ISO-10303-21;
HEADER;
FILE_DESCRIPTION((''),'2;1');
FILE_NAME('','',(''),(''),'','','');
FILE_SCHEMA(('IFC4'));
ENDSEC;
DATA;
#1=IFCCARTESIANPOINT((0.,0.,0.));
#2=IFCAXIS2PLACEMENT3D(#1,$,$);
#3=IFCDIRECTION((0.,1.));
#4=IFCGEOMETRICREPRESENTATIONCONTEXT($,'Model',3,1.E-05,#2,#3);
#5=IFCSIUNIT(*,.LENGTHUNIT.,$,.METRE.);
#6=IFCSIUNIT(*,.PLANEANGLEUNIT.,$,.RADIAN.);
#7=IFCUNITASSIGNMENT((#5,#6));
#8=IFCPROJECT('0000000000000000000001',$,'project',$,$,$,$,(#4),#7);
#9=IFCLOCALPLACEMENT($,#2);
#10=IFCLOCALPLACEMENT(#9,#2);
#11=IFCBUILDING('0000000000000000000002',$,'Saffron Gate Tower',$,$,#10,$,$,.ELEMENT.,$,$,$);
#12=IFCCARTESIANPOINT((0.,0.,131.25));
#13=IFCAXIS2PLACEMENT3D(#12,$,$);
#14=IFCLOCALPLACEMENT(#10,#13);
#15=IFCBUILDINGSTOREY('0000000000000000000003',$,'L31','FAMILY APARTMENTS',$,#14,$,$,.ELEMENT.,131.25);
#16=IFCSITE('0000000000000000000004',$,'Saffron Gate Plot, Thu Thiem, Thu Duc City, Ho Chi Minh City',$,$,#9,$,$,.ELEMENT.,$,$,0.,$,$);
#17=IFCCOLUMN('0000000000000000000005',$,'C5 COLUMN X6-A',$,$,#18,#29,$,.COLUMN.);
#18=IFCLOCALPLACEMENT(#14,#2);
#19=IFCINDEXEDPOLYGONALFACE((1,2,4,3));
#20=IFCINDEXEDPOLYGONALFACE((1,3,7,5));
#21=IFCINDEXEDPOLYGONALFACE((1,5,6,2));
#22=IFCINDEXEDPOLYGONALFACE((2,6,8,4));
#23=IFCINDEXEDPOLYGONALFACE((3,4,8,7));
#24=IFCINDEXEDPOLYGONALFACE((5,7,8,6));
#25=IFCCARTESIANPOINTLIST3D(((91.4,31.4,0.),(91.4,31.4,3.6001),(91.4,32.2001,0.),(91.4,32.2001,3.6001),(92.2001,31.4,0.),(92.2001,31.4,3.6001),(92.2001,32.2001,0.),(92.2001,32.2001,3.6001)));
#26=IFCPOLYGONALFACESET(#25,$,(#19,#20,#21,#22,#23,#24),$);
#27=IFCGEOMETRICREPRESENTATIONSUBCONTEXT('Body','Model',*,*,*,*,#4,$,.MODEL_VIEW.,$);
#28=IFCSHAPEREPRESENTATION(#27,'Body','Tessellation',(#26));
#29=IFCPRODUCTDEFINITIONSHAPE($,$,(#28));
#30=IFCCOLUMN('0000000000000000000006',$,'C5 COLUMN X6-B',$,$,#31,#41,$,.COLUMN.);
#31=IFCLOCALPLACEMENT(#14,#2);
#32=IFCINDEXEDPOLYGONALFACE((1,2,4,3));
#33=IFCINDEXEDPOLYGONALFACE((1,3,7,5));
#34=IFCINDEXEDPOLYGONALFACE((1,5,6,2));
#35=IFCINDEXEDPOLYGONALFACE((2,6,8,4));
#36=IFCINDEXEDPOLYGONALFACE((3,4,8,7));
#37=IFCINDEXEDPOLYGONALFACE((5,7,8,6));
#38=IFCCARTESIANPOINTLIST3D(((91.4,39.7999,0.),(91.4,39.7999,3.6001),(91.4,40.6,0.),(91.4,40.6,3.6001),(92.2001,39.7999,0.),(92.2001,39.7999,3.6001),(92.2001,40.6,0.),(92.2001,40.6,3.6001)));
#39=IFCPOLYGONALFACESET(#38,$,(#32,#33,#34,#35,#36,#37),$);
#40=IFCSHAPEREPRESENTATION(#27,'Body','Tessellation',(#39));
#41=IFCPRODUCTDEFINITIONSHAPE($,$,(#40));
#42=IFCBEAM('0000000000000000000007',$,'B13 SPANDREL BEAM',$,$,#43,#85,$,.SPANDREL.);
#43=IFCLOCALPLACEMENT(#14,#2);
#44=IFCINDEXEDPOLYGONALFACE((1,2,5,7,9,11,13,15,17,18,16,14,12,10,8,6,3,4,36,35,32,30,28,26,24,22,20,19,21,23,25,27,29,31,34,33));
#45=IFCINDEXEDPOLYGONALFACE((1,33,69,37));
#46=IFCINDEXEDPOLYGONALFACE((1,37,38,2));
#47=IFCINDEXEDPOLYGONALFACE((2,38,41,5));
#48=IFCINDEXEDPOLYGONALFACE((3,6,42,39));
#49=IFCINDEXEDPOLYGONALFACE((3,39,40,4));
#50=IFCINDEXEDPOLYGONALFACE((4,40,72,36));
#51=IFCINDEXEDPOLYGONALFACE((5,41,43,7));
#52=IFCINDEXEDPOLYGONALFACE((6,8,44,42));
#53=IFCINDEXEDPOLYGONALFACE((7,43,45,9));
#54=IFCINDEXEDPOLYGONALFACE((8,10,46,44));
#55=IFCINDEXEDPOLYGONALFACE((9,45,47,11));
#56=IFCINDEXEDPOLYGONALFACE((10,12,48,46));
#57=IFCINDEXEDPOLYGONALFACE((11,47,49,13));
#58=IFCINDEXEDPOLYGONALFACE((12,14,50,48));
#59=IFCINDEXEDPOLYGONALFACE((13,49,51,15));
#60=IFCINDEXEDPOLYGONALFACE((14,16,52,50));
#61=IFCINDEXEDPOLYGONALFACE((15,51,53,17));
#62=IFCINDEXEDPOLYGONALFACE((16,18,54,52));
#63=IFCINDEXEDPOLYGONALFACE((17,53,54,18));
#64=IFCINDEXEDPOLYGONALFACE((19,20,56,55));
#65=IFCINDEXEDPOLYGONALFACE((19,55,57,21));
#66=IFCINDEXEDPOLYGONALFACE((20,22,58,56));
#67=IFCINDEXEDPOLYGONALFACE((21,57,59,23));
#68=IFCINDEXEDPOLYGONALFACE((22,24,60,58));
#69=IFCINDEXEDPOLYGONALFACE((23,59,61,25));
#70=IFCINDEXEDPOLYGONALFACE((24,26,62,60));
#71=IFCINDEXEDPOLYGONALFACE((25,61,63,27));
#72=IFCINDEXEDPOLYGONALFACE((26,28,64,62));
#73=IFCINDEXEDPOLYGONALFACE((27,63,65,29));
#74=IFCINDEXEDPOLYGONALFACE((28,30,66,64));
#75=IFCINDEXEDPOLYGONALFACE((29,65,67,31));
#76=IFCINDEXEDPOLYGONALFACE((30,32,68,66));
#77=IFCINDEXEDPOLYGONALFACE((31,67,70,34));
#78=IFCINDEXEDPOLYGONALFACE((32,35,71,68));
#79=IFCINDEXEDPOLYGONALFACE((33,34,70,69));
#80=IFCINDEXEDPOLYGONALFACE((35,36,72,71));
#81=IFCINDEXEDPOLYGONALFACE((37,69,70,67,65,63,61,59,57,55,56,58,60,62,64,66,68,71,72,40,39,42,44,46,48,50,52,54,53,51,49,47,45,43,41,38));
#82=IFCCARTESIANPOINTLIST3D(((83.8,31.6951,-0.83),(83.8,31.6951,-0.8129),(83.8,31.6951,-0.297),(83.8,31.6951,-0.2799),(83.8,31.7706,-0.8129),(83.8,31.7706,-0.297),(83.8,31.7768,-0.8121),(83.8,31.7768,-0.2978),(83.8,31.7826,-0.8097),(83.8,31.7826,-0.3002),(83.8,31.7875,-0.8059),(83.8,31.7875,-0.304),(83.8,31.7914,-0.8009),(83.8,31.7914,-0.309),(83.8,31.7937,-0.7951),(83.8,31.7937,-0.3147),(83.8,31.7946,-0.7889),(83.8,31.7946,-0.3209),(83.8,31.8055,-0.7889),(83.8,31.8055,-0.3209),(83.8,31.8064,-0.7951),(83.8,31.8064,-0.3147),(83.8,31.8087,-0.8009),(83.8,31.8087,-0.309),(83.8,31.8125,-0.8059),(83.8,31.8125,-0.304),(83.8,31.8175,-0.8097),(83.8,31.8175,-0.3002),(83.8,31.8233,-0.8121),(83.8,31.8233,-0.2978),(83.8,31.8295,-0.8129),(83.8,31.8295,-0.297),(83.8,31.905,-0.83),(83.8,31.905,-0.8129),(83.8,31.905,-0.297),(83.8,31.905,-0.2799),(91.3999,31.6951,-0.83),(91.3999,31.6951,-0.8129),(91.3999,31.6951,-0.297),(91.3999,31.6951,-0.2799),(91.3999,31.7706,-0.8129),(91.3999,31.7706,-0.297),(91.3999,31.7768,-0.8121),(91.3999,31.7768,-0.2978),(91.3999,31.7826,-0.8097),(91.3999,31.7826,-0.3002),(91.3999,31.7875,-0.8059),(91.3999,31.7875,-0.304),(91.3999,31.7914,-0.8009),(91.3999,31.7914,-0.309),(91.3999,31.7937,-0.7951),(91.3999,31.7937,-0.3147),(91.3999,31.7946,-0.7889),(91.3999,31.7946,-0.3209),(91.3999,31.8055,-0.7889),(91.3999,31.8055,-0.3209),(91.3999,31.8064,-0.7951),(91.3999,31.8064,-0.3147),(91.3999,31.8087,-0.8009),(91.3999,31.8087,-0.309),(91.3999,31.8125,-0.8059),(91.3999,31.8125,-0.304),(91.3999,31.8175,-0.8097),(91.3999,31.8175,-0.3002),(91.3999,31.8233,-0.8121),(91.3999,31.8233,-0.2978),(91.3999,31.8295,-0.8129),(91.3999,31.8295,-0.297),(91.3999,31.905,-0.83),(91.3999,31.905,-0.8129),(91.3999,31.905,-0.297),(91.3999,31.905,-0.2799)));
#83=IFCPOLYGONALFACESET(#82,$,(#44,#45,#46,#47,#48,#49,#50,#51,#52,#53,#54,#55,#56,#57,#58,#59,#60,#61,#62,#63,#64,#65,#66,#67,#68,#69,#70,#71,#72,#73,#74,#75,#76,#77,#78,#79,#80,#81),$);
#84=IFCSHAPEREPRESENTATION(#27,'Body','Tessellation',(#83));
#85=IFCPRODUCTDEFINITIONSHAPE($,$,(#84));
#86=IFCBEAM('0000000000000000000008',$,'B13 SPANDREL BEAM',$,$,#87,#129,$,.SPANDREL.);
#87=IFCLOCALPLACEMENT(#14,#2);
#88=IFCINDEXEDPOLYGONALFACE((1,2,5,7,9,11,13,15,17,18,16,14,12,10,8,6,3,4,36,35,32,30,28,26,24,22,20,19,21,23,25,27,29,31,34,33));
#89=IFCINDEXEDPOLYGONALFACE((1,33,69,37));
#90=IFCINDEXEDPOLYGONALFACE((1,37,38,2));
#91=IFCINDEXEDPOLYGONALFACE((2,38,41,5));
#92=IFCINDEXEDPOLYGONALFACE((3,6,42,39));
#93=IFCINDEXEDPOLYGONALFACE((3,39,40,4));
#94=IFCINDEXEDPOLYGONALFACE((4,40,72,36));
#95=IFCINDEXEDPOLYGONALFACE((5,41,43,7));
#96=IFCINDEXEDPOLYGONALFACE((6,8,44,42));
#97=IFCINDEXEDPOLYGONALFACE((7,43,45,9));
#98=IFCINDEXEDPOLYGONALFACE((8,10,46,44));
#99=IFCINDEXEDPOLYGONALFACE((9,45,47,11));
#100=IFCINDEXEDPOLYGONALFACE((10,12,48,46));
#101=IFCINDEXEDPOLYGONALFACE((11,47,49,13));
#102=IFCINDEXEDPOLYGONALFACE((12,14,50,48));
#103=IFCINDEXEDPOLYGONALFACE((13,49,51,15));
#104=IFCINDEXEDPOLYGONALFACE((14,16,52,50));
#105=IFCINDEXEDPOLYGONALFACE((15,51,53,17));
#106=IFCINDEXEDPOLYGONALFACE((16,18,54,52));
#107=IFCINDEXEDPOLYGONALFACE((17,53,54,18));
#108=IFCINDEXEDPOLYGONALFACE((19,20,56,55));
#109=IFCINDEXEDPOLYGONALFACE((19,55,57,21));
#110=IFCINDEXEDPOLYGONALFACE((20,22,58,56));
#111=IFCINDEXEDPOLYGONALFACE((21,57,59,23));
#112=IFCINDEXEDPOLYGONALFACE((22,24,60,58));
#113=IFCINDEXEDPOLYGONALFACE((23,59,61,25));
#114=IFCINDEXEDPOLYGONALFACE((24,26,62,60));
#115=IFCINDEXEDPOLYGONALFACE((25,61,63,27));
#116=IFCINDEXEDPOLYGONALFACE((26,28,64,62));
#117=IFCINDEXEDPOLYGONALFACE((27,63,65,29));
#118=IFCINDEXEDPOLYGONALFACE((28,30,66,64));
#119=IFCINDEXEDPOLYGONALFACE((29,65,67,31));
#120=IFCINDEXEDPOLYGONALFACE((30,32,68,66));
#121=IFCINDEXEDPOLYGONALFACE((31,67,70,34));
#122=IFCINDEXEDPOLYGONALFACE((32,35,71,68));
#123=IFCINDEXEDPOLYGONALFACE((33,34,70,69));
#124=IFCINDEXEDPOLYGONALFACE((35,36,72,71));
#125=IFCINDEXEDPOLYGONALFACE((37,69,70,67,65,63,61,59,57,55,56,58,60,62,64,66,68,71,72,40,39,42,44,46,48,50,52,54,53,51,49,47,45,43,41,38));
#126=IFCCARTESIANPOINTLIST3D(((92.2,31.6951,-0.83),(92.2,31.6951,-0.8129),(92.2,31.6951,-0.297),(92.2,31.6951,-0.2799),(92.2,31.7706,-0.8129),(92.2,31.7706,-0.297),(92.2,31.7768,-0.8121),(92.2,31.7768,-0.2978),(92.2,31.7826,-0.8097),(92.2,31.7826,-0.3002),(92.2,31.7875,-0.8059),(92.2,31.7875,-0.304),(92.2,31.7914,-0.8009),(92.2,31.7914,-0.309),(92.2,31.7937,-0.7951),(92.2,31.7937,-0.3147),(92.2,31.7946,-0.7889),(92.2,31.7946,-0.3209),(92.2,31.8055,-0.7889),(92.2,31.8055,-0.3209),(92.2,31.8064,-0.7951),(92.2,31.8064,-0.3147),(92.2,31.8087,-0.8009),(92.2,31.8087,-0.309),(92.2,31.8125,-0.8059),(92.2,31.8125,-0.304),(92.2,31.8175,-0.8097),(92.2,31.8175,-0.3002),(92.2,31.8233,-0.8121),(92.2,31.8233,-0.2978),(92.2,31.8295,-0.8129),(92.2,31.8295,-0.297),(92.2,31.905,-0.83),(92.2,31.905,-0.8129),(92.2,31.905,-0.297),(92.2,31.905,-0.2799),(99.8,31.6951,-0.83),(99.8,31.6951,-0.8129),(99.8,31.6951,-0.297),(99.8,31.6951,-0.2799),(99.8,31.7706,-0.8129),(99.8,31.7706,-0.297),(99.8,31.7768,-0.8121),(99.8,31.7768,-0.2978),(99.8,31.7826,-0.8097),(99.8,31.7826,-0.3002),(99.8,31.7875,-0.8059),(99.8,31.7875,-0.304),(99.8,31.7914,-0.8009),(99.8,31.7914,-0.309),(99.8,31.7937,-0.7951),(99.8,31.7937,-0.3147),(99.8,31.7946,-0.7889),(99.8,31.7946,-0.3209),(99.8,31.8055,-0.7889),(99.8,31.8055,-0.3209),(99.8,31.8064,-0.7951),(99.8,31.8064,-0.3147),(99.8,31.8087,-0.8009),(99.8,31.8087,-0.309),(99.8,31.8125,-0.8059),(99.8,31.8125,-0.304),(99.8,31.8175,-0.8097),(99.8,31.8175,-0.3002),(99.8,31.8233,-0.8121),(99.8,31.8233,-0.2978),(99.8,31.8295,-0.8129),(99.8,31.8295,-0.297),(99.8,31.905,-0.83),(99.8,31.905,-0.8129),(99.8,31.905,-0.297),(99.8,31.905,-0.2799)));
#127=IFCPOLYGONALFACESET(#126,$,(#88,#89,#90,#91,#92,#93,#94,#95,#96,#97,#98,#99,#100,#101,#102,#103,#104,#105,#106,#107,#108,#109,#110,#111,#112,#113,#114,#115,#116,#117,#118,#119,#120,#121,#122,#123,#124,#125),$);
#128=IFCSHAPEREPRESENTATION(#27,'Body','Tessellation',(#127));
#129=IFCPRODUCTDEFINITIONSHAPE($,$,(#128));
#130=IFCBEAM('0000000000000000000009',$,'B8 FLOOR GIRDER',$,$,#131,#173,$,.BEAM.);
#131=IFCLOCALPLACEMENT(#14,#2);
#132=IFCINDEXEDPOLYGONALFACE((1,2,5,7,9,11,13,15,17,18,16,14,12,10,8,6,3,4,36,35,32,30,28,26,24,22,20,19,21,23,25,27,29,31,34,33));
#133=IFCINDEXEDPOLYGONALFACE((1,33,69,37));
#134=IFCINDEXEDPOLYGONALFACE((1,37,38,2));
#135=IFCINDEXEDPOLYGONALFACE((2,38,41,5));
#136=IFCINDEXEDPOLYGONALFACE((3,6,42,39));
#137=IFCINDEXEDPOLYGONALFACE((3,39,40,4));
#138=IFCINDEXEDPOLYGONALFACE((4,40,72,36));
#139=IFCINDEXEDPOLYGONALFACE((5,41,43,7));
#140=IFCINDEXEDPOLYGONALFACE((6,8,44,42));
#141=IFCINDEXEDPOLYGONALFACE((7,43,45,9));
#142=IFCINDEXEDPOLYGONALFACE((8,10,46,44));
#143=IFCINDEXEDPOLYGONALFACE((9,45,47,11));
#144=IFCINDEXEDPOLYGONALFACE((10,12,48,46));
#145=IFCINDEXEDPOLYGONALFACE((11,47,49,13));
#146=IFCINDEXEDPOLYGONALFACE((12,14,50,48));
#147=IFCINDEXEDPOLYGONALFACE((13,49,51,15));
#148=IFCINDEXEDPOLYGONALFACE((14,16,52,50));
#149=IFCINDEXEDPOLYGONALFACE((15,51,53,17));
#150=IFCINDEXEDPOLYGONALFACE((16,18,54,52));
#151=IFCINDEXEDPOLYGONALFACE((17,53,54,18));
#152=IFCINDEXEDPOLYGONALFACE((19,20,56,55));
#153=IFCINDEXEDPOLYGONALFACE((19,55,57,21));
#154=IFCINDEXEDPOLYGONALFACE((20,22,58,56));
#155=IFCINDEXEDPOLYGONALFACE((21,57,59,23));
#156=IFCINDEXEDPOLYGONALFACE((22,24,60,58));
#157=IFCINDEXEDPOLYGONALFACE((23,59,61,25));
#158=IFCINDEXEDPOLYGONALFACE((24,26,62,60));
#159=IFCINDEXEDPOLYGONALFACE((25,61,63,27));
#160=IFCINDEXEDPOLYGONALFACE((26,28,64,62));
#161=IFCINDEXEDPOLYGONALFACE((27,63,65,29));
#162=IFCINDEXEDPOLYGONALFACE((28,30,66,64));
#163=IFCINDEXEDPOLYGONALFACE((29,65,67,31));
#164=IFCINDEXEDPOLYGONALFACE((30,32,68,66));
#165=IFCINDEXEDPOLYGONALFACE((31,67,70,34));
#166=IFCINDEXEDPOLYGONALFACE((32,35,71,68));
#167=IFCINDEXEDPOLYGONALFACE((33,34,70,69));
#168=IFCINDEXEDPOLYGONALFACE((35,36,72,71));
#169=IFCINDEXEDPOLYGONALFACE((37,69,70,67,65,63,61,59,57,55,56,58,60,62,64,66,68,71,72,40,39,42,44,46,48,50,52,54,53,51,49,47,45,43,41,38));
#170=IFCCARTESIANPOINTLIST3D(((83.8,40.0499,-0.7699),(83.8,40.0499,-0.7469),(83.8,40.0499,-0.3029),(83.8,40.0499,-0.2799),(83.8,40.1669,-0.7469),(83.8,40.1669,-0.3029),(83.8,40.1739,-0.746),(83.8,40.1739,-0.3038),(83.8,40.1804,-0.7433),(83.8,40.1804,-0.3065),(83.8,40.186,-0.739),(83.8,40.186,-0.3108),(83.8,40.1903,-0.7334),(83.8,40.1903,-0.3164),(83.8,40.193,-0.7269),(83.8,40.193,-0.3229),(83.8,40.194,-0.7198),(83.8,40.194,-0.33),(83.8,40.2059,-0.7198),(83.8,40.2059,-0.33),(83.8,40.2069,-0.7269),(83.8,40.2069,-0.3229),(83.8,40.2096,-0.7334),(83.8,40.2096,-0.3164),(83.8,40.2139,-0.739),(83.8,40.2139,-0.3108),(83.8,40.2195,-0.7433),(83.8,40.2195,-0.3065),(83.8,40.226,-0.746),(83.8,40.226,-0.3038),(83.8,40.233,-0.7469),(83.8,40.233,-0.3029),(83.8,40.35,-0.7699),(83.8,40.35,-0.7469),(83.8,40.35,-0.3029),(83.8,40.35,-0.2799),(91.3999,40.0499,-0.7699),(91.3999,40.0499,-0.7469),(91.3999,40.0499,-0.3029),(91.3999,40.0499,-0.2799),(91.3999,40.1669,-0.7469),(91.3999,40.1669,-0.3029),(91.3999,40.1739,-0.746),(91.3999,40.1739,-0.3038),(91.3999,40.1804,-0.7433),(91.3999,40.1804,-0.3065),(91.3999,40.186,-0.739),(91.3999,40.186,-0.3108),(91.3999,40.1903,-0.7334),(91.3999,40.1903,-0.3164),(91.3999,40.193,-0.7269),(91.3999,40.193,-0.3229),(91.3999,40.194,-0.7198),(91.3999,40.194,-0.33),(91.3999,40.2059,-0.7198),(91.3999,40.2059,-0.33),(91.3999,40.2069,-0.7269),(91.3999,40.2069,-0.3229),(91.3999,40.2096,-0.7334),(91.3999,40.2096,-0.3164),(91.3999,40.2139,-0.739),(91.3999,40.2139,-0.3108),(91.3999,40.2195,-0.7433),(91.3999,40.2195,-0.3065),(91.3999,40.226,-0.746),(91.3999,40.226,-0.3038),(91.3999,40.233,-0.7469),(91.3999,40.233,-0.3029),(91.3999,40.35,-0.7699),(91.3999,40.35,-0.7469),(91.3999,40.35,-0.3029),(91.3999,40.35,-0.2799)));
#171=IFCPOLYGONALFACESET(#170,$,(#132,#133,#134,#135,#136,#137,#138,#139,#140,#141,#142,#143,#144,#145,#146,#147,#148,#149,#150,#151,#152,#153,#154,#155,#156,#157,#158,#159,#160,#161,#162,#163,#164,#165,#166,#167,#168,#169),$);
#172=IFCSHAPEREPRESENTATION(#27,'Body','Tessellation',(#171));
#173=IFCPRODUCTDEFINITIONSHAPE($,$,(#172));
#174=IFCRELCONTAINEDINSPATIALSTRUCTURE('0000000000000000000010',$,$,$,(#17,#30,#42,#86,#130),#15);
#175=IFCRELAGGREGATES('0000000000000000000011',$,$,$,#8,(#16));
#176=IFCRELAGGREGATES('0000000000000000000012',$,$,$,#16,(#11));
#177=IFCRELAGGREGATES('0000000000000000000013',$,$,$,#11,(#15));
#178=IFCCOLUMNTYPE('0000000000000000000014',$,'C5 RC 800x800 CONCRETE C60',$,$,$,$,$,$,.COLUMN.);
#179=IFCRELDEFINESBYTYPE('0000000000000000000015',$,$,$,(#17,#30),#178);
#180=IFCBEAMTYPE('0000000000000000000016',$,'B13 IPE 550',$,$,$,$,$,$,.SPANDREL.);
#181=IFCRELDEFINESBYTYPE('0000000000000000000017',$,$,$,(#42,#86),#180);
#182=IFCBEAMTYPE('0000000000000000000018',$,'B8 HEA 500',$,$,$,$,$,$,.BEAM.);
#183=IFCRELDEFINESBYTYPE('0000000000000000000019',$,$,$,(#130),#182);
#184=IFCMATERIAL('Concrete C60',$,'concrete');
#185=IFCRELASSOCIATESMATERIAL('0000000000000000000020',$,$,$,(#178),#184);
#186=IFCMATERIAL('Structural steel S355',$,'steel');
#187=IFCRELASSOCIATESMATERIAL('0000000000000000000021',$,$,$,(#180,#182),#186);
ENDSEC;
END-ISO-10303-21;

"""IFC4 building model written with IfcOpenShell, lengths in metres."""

from ifc_helpers import new_model, si_unit, direction, frame, origin, origin_2d, place, context, subcontext, project, spatial, rectangle, i_section, extrude, material, material_profile, profile_set, type_object, element, save


model = new_model("IFC4")

# Units and contexts
model_context = context("Model", 3, precision=1e-05, world=origin(), true_north=direction((0.0, 1.0)))
body_context = subcontext(model_context, "Body", "Model", "MODEL_VIEW")
ifc_project = project(units=[si_unit("LENGTHUNIT", "METRE"), si_unit("PLANEANGLEUNIT", "RADIAN")], contexts=[model_context])

# Site, building, storey
site_placement = place(None, origin())
site = spatial("IfcSite", under=ifc_project, at=site_placement, Name="Saffron Gate Plot, Thu Thiem, Thu Duc City, Ho Chi Minh City", CompositionType="ELEMENT", RefElevation=0.0)
building_placement = place(site_placement, origin())
building = spatial("IfcBuilding", under=site, at=building_placement, Name="Saffron Gate Tower", CompositionType="ELEMENT")
storey_placement = place(building_placement, frame((0.0, 0.0, 131.25)))
storey = spatial("IfcBuildingStorey", under=building, at=storey_placement, Name="L31", Description="FAMILY APARTMENTS", CompositionType="ELEMENT", Elevation=131.25)

# Columns
ifc_material_1 = material(Name="Concrete C60", Category="concrete")
ifc_material_profile_1 = material_profile(ifc_material_1, rectangle(XDim=0.8, YDim=0.8, at=origin_2d()))
ifc_profile_set_1 = profile_set([ifc_material_profile_1], Name="Concrete C60")
column_type = type_object("IfcColumnType", Name="C5 RC 800x800 CONCRETE C60", PredefinedType="COLUMN", material=ifc_profile_set_1)
for number, where, z_axis, x_axis, name in (
    (1, (91.8, 31.8, 0.0), (0.0, 0.0, 1.0), (1.0, 0.0, 0.0), "C5 COLUMN X6-A"),
    (2, (91.8, 40.2, 0.0), (0.0, 0.0, 1.0), (1.0, 0.0, 0.0), "C5 COLUMN X6-B"),
):
    element("IfcColumn", number, at=place(storey_placement, frame(where, z_axis=z_axis, x_axis=x_axis)), inside=storey, type_object=column_type, Name=name, PredefinedType="COLUMN", context=body_context, shape_type="SweptSolid", body=[
        extrude(rectangle(XDim=0.8, YDim=0.8, at=origin_2d()), origin(), (0.0, 0.0, 1.0), 3.6001),
    ])

# Beams
ifc_material_2 = material(Name="Structural steel S355", Category="steel")
ifc_material_profile_2 = material_profile(ifc_material_2, i_section(OverallWidth=0.21, OverallDepth=0.55, WebThickness=0.011, FlangeThickness=0.0171, FilletRadius=0.0239, at=origin_2d()))
ifc_profile_set_2 = profile_set([ifc_material_profile_2], Name="Structural steel S355")
beam_type_1 = type_object("IfcBeamType", Name="B13 IPE 550", PredefinedType="SPANDREL", material=ifc_profile_set_2)
beam_1_placement = place(storey_placement, frame((83.8, 31.8, -0.5549), z_axis=(1.0, 0.0, 0.0), x_axis=(0.0, 1.0, 0.0)))
element("IfcBeam", 3, at=beam_1_placement, inside=storey, type_object=beam_type_1, Name="B13 SPANDREL BEAM", PredefinedType="SPANDREL", context=body_context, shape_type="SweptSolid", body=[
    extrude(i_section(OverallWidth=0.21, OverallDepth=0.55, WebThickness=0.011, FlangeThickness=0.0171, FilletRadius=0.0239, at=origin_2d()), origin(), (0.0, 0.0, 1.0), 7.5999),
])
beam_2_placement = place(storey_placement, frame((92.2, 31.8, -0.5549), z_axis=(1.0, 0.0, 0.0), x_axis=(0.0, 1.0, 0.0)))
element("IfcBeam", 4, at=beam_2_placement, inside=storey, type_object=beam_type_1, Name="B13 SPANDREL BEAM", PredefinedType="SPANDREL", context=body_context, shape_type="SweptSolid", body=[
    extrude(i_section(OverallWidth=0.21, OverallDepth=0.55, WebThickness=0.011, FlangeThickness=0.0171, FilletRadius=0.0239, at=origin_2d()), origin(), (0.0, 0.0, 1.0), 7.6001),
])
ifc_material_profile_3 = material_profile(ifc_material_2, i_section(OverallWidth=0.3, OverallDepth=0.49, WebThickness=0.012, FlangeThickness=0.0229, FilletRadius=0.0271, at=origin_2d()))
ifc_profile_set_3 = profile_set([ifc_material_profile_3], Name="Structural steel S355")
beam_type_2 = type_object("IfcBeamType", Name="B8 HEA 500", PredefinedType="BEAM", material=ifc_profile_set_3)
beam_3_placement = place(storey_placement, frame((83.8, 40.2, -0.5249), z_axis=(1.0, 0.0, 0.0), x_axis=(0.0, 1.0, 0.0)))
element("IfcBeam", 5, at=beam_3_placement, inside=storey, type_object=beam_type_2, Name="B8 FLOOR GIRDER", PredefinedType="BEAM", context=body_context, shape_type="SweptSolid", body=[
    extrude(i_section(OverallWidth=0.3, OverallDepth=0.49, WebThickness=0.012, FlangeThickness=0.0229, FilletRadius=0.0271, at=origin_2d()), origin(), (0.0, 0.0, 1.0), 7.5999),
])

save(model, "model.ifc")
